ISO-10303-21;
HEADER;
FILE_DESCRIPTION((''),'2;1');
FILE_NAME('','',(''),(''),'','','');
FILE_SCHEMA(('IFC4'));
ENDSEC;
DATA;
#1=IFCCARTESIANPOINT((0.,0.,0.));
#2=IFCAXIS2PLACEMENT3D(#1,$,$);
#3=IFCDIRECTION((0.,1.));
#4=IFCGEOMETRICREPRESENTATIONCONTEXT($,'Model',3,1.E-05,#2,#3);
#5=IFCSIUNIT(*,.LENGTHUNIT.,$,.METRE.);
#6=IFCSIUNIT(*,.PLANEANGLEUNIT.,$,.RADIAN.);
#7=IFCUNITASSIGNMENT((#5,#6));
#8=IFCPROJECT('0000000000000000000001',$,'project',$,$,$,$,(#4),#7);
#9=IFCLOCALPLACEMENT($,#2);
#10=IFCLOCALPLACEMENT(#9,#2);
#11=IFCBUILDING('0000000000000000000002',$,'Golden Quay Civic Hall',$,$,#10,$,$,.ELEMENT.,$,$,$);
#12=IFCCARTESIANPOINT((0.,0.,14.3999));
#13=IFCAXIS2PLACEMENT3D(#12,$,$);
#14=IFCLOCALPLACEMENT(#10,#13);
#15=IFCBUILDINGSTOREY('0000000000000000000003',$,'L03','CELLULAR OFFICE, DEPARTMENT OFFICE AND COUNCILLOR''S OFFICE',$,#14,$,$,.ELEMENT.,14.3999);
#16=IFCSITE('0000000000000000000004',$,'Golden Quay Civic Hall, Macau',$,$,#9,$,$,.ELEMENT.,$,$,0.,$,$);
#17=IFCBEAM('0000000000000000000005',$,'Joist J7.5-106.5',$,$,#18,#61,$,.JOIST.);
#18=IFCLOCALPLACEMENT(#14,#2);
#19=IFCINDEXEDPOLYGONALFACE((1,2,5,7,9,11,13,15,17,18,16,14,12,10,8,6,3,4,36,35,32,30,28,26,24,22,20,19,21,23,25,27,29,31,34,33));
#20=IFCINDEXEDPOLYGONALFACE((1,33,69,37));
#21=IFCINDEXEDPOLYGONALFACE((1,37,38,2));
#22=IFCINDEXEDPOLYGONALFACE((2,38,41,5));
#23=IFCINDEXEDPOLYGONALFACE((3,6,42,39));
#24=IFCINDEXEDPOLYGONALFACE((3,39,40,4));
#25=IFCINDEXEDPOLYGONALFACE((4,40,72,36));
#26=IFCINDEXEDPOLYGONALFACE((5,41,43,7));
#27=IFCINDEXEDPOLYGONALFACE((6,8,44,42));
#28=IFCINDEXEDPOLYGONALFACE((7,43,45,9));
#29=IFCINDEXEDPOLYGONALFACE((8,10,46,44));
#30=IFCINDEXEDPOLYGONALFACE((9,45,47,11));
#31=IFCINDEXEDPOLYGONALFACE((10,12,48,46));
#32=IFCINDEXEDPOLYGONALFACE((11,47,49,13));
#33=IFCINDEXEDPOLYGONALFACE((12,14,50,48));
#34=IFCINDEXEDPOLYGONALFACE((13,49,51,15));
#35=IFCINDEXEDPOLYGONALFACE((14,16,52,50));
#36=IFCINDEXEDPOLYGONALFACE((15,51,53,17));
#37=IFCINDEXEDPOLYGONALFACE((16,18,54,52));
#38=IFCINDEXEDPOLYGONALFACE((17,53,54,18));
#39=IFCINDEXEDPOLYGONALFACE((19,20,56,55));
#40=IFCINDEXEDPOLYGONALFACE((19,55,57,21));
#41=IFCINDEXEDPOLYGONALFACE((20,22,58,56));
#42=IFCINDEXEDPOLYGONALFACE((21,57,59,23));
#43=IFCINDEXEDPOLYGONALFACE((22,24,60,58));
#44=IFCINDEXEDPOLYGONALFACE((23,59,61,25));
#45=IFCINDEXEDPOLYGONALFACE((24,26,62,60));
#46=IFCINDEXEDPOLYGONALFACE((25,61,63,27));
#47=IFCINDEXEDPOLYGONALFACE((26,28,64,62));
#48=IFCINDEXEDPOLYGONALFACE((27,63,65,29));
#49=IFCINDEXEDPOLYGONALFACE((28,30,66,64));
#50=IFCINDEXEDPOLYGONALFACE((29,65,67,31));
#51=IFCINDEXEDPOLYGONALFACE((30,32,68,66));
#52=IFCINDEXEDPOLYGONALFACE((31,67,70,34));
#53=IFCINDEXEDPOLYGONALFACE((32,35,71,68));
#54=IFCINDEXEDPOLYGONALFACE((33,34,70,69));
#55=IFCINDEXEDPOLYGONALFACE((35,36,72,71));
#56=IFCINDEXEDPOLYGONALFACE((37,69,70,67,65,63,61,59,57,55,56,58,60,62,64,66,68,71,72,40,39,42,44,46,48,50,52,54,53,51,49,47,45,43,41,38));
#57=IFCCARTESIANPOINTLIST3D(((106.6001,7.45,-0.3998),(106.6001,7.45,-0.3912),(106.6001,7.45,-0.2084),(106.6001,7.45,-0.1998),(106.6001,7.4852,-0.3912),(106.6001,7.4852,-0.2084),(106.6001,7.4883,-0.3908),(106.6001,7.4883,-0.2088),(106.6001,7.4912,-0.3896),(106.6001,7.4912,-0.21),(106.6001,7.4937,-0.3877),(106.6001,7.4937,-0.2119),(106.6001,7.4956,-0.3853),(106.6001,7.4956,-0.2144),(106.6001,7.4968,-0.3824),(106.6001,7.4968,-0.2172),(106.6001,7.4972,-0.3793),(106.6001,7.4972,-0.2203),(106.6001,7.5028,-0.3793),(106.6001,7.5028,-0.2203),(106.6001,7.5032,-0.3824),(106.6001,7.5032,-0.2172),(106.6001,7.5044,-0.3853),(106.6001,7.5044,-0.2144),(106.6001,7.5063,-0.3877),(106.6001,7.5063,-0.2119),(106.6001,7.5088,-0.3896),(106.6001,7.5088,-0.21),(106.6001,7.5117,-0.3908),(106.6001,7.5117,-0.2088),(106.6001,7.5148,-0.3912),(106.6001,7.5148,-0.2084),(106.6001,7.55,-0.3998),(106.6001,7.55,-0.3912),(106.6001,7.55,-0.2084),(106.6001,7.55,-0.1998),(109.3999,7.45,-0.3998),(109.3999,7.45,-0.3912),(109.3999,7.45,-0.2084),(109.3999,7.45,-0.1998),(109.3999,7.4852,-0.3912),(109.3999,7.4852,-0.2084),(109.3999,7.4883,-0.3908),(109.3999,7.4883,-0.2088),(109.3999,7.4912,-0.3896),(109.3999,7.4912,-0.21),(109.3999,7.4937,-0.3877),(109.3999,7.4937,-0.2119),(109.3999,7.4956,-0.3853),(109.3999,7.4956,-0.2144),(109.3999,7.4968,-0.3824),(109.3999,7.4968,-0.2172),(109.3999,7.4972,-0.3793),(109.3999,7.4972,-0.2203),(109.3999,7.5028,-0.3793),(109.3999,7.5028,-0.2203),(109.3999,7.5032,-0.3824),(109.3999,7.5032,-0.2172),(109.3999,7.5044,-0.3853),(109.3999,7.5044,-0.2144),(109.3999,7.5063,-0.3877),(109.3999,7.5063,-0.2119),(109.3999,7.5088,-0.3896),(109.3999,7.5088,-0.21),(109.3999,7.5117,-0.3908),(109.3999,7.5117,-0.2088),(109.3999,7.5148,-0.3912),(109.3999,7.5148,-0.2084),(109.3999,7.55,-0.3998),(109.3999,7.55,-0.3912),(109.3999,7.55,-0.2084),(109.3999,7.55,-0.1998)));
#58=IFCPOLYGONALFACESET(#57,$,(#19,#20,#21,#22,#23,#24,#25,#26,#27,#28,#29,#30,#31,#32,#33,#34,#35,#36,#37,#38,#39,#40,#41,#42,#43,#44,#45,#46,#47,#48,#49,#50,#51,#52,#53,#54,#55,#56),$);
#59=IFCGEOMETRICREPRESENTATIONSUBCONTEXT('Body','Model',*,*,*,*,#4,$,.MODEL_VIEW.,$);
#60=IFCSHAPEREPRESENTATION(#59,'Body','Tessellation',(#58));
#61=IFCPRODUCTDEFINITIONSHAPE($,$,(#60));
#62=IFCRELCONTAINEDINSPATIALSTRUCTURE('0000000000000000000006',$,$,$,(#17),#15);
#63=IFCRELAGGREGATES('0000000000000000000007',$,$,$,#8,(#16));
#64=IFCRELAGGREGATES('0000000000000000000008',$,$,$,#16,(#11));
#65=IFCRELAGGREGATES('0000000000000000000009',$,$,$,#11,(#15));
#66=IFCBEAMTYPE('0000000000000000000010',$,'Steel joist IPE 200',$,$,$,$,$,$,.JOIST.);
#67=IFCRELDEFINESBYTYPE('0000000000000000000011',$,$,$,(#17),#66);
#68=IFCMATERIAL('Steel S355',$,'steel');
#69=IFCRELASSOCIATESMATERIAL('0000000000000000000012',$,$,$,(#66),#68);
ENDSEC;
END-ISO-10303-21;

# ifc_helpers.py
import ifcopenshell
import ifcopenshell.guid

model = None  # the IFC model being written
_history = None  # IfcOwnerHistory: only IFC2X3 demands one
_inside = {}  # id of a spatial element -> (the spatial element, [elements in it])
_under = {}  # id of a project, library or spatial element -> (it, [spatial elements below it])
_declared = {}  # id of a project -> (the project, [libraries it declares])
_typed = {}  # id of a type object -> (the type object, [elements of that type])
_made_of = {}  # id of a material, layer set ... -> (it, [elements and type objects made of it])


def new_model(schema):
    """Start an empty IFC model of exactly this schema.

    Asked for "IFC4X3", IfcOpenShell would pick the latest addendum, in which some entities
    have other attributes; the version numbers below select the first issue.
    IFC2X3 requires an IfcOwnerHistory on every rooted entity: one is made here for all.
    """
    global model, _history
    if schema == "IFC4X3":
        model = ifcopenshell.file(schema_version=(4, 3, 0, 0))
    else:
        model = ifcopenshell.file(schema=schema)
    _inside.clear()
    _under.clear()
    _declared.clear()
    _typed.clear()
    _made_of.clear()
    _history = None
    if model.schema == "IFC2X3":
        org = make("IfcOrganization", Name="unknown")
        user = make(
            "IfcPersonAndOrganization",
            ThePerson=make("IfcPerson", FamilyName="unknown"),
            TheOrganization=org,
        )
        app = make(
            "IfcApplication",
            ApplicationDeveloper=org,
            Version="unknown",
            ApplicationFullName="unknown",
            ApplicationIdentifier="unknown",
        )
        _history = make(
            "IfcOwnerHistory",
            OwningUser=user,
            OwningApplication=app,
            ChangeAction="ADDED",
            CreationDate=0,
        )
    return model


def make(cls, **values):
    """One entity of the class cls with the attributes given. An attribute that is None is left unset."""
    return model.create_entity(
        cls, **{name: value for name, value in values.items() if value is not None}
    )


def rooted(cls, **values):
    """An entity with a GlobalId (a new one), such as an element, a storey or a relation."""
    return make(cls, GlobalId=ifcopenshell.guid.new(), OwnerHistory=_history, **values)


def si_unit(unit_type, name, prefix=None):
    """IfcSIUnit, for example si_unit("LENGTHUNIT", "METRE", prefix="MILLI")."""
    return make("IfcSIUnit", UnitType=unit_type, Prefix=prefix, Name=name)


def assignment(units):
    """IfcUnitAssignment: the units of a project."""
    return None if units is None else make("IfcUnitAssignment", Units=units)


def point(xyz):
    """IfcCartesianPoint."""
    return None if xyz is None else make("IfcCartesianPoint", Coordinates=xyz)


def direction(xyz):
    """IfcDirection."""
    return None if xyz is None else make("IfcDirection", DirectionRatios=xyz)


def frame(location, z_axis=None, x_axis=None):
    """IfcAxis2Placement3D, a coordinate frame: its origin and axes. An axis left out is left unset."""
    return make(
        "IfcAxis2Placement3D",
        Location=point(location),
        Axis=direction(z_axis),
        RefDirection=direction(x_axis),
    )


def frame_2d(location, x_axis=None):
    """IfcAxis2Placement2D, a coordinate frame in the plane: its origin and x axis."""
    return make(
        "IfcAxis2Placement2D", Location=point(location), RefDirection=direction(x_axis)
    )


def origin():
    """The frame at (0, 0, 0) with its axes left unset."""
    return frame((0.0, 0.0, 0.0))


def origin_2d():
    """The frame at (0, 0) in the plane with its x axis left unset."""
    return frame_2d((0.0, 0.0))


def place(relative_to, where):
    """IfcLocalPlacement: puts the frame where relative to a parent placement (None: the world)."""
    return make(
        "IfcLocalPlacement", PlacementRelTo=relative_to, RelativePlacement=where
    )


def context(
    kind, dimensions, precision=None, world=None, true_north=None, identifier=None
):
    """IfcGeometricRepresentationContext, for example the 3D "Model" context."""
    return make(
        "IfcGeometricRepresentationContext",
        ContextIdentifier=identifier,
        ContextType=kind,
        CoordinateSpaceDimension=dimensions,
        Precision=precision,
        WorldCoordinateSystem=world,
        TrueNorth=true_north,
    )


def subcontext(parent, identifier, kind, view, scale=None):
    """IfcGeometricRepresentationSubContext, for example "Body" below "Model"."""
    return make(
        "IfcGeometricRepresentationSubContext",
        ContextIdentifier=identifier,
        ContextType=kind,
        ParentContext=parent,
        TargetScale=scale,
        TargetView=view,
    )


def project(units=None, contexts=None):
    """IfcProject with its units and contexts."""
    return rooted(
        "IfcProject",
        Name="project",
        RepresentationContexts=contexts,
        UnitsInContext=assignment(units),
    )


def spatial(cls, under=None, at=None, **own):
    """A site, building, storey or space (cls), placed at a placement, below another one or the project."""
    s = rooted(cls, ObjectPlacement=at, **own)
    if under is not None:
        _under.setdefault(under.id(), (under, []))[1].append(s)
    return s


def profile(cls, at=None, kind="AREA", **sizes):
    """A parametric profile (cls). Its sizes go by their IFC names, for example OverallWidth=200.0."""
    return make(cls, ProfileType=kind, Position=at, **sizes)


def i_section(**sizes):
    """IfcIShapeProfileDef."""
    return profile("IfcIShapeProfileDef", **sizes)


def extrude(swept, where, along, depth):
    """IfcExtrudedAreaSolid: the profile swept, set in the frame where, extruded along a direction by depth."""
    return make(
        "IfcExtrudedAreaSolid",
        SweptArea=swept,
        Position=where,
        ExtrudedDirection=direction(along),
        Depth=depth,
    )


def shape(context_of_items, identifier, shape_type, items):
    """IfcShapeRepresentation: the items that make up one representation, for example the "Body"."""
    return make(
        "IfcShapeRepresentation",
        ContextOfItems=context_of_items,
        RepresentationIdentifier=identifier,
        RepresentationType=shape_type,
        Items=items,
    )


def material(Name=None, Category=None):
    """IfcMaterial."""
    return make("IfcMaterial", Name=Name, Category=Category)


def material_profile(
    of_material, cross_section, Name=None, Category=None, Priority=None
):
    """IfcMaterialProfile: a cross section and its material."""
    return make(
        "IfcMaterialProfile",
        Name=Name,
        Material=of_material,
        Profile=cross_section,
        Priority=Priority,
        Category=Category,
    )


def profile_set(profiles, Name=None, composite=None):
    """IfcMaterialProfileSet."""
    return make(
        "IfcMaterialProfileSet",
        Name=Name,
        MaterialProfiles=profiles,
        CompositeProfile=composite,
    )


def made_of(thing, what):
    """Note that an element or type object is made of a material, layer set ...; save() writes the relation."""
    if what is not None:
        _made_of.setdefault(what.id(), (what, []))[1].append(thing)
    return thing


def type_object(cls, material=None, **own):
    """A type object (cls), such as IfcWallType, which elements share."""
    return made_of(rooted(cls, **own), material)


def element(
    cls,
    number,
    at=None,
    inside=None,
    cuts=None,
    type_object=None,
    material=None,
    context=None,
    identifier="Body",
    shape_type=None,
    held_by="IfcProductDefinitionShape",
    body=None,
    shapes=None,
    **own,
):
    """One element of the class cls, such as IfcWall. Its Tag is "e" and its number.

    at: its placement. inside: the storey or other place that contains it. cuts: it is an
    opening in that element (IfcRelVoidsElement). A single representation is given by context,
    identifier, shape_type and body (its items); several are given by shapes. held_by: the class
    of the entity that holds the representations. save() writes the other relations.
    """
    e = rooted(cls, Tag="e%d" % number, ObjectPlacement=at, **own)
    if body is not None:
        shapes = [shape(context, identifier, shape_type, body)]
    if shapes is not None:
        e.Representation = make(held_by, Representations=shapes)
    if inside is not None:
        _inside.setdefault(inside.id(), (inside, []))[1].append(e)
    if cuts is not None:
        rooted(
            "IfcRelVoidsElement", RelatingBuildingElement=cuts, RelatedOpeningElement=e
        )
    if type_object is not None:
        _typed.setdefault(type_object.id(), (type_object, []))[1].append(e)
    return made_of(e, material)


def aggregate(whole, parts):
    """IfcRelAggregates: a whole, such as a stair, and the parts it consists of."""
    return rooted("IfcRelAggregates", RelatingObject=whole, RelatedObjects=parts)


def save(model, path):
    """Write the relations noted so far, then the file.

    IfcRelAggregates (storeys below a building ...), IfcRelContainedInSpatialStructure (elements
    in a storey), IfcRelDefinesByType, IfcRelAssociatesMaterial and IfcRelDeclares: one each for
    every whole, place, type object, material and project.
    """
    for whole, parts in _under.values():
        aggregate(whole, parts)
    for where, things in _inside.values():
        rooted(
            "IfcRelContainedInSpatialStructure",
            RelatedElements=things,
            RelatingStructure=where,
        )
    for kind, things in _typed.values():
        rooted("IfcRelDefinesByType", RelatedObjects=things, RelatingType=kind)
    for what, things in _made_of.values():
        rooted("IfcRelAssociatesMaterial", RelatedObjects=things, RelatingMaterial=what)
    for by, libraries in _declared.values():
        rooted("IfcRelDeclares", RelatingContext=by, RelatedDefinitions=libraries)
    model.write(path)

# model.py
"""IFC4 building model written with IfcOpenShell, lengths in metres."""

from ifc_helpers import new_model, si_unit, direction, frame, origin, origin_2d, place, context, subcontext, project, spatial, i_section, extrude, material, material_profile, profile_set, type_object, element, save


model = new_model("IFC4")

# Units and contexts
model_context = context("Model", 3, precision=1e-05, world=origin(), true_north=direction((0.0, 1.0)))
body_context = subcontext(model_context, "Body", "Model", "MODEL_VIEW")
ifc_project = project(units=[si_unit("LENGTHUNIT", "METRE"), si_unit("PLANEANGLEUNIT", "RADIAN")], contexts=[model_context])

# Site, building, storey
site_placement = place(None, origin())
site = spatial("IfcSite", under=ifc_project, at=site_placement, Name="Golden Quay Civic Hall, Macau", CompositionType="ELEMENT", RefElevation=0.0)
building_placement = place(site_placement, origin())
building = spatial("IfcBuilding", under=site, at=building_placement, Name="Golden Quay Civic Hall", CompositionType="ELEMENT")
storey_placement = place(building_placement, frame((0.0, 0.0, 14.3999)))
storey = spatial("IfcBuildingStorey", under=building, at=storey_placement, Name="L03", Description="CELLULAR OFFICE, DEPARTMENT OFFICE AND COUNCILLOR'S OFFICE", CompositionType="ELEMENT", Elevation=14.3999)

# Beam
ifc_material_1 = material(Name="Steel S355", Category="steel")
ifc_material_profile_1 = material_profile(ifc_material_1, i_section(OverallWidth=0.1001, OverallDepth=0.2, WebThickness=0.0056, FlangeThickness=0.0085, FilletRadius=0.012, at=origin_2d()), Name="IPE 200")
ifc_profile_set_1 = profile_set([ifc_material_profile_1], Name="Steel S355")
beam_type_1 = type_object("IfcBeamType", Name="Steel joist IPE 200", PredefinedType="JOIST", material=ifc_profile_set_1)
for number, where, z_axis, x_axis, name in (
    (1, (106.6001, 7.5, -0.2998), (1.0, 0.0, 0.0), (0.0, 1.0, 0.0), "Joist J7.5-106.5"),
):
    element("IfcBeam", number, at=place(storey_placement, frame(where, z_axis=z_axis, x_axis=x_axis)), inside=storey, type_object=beam_type_1, Name=name, PredefinedType="JOIST", context=body_context, shape_type="SweptSolid", body=[
        extrude(i_section(OverallWidth=0.1001, OverallDepth=0.2, WebThickness=0.0056, FlangeThickness=0.0085, FilletRadius=0.012, at=origin_2d()), origin(), (0.0, 0.0, 1.0), 2.7998),
    ])

save(model, "model.ifc")
